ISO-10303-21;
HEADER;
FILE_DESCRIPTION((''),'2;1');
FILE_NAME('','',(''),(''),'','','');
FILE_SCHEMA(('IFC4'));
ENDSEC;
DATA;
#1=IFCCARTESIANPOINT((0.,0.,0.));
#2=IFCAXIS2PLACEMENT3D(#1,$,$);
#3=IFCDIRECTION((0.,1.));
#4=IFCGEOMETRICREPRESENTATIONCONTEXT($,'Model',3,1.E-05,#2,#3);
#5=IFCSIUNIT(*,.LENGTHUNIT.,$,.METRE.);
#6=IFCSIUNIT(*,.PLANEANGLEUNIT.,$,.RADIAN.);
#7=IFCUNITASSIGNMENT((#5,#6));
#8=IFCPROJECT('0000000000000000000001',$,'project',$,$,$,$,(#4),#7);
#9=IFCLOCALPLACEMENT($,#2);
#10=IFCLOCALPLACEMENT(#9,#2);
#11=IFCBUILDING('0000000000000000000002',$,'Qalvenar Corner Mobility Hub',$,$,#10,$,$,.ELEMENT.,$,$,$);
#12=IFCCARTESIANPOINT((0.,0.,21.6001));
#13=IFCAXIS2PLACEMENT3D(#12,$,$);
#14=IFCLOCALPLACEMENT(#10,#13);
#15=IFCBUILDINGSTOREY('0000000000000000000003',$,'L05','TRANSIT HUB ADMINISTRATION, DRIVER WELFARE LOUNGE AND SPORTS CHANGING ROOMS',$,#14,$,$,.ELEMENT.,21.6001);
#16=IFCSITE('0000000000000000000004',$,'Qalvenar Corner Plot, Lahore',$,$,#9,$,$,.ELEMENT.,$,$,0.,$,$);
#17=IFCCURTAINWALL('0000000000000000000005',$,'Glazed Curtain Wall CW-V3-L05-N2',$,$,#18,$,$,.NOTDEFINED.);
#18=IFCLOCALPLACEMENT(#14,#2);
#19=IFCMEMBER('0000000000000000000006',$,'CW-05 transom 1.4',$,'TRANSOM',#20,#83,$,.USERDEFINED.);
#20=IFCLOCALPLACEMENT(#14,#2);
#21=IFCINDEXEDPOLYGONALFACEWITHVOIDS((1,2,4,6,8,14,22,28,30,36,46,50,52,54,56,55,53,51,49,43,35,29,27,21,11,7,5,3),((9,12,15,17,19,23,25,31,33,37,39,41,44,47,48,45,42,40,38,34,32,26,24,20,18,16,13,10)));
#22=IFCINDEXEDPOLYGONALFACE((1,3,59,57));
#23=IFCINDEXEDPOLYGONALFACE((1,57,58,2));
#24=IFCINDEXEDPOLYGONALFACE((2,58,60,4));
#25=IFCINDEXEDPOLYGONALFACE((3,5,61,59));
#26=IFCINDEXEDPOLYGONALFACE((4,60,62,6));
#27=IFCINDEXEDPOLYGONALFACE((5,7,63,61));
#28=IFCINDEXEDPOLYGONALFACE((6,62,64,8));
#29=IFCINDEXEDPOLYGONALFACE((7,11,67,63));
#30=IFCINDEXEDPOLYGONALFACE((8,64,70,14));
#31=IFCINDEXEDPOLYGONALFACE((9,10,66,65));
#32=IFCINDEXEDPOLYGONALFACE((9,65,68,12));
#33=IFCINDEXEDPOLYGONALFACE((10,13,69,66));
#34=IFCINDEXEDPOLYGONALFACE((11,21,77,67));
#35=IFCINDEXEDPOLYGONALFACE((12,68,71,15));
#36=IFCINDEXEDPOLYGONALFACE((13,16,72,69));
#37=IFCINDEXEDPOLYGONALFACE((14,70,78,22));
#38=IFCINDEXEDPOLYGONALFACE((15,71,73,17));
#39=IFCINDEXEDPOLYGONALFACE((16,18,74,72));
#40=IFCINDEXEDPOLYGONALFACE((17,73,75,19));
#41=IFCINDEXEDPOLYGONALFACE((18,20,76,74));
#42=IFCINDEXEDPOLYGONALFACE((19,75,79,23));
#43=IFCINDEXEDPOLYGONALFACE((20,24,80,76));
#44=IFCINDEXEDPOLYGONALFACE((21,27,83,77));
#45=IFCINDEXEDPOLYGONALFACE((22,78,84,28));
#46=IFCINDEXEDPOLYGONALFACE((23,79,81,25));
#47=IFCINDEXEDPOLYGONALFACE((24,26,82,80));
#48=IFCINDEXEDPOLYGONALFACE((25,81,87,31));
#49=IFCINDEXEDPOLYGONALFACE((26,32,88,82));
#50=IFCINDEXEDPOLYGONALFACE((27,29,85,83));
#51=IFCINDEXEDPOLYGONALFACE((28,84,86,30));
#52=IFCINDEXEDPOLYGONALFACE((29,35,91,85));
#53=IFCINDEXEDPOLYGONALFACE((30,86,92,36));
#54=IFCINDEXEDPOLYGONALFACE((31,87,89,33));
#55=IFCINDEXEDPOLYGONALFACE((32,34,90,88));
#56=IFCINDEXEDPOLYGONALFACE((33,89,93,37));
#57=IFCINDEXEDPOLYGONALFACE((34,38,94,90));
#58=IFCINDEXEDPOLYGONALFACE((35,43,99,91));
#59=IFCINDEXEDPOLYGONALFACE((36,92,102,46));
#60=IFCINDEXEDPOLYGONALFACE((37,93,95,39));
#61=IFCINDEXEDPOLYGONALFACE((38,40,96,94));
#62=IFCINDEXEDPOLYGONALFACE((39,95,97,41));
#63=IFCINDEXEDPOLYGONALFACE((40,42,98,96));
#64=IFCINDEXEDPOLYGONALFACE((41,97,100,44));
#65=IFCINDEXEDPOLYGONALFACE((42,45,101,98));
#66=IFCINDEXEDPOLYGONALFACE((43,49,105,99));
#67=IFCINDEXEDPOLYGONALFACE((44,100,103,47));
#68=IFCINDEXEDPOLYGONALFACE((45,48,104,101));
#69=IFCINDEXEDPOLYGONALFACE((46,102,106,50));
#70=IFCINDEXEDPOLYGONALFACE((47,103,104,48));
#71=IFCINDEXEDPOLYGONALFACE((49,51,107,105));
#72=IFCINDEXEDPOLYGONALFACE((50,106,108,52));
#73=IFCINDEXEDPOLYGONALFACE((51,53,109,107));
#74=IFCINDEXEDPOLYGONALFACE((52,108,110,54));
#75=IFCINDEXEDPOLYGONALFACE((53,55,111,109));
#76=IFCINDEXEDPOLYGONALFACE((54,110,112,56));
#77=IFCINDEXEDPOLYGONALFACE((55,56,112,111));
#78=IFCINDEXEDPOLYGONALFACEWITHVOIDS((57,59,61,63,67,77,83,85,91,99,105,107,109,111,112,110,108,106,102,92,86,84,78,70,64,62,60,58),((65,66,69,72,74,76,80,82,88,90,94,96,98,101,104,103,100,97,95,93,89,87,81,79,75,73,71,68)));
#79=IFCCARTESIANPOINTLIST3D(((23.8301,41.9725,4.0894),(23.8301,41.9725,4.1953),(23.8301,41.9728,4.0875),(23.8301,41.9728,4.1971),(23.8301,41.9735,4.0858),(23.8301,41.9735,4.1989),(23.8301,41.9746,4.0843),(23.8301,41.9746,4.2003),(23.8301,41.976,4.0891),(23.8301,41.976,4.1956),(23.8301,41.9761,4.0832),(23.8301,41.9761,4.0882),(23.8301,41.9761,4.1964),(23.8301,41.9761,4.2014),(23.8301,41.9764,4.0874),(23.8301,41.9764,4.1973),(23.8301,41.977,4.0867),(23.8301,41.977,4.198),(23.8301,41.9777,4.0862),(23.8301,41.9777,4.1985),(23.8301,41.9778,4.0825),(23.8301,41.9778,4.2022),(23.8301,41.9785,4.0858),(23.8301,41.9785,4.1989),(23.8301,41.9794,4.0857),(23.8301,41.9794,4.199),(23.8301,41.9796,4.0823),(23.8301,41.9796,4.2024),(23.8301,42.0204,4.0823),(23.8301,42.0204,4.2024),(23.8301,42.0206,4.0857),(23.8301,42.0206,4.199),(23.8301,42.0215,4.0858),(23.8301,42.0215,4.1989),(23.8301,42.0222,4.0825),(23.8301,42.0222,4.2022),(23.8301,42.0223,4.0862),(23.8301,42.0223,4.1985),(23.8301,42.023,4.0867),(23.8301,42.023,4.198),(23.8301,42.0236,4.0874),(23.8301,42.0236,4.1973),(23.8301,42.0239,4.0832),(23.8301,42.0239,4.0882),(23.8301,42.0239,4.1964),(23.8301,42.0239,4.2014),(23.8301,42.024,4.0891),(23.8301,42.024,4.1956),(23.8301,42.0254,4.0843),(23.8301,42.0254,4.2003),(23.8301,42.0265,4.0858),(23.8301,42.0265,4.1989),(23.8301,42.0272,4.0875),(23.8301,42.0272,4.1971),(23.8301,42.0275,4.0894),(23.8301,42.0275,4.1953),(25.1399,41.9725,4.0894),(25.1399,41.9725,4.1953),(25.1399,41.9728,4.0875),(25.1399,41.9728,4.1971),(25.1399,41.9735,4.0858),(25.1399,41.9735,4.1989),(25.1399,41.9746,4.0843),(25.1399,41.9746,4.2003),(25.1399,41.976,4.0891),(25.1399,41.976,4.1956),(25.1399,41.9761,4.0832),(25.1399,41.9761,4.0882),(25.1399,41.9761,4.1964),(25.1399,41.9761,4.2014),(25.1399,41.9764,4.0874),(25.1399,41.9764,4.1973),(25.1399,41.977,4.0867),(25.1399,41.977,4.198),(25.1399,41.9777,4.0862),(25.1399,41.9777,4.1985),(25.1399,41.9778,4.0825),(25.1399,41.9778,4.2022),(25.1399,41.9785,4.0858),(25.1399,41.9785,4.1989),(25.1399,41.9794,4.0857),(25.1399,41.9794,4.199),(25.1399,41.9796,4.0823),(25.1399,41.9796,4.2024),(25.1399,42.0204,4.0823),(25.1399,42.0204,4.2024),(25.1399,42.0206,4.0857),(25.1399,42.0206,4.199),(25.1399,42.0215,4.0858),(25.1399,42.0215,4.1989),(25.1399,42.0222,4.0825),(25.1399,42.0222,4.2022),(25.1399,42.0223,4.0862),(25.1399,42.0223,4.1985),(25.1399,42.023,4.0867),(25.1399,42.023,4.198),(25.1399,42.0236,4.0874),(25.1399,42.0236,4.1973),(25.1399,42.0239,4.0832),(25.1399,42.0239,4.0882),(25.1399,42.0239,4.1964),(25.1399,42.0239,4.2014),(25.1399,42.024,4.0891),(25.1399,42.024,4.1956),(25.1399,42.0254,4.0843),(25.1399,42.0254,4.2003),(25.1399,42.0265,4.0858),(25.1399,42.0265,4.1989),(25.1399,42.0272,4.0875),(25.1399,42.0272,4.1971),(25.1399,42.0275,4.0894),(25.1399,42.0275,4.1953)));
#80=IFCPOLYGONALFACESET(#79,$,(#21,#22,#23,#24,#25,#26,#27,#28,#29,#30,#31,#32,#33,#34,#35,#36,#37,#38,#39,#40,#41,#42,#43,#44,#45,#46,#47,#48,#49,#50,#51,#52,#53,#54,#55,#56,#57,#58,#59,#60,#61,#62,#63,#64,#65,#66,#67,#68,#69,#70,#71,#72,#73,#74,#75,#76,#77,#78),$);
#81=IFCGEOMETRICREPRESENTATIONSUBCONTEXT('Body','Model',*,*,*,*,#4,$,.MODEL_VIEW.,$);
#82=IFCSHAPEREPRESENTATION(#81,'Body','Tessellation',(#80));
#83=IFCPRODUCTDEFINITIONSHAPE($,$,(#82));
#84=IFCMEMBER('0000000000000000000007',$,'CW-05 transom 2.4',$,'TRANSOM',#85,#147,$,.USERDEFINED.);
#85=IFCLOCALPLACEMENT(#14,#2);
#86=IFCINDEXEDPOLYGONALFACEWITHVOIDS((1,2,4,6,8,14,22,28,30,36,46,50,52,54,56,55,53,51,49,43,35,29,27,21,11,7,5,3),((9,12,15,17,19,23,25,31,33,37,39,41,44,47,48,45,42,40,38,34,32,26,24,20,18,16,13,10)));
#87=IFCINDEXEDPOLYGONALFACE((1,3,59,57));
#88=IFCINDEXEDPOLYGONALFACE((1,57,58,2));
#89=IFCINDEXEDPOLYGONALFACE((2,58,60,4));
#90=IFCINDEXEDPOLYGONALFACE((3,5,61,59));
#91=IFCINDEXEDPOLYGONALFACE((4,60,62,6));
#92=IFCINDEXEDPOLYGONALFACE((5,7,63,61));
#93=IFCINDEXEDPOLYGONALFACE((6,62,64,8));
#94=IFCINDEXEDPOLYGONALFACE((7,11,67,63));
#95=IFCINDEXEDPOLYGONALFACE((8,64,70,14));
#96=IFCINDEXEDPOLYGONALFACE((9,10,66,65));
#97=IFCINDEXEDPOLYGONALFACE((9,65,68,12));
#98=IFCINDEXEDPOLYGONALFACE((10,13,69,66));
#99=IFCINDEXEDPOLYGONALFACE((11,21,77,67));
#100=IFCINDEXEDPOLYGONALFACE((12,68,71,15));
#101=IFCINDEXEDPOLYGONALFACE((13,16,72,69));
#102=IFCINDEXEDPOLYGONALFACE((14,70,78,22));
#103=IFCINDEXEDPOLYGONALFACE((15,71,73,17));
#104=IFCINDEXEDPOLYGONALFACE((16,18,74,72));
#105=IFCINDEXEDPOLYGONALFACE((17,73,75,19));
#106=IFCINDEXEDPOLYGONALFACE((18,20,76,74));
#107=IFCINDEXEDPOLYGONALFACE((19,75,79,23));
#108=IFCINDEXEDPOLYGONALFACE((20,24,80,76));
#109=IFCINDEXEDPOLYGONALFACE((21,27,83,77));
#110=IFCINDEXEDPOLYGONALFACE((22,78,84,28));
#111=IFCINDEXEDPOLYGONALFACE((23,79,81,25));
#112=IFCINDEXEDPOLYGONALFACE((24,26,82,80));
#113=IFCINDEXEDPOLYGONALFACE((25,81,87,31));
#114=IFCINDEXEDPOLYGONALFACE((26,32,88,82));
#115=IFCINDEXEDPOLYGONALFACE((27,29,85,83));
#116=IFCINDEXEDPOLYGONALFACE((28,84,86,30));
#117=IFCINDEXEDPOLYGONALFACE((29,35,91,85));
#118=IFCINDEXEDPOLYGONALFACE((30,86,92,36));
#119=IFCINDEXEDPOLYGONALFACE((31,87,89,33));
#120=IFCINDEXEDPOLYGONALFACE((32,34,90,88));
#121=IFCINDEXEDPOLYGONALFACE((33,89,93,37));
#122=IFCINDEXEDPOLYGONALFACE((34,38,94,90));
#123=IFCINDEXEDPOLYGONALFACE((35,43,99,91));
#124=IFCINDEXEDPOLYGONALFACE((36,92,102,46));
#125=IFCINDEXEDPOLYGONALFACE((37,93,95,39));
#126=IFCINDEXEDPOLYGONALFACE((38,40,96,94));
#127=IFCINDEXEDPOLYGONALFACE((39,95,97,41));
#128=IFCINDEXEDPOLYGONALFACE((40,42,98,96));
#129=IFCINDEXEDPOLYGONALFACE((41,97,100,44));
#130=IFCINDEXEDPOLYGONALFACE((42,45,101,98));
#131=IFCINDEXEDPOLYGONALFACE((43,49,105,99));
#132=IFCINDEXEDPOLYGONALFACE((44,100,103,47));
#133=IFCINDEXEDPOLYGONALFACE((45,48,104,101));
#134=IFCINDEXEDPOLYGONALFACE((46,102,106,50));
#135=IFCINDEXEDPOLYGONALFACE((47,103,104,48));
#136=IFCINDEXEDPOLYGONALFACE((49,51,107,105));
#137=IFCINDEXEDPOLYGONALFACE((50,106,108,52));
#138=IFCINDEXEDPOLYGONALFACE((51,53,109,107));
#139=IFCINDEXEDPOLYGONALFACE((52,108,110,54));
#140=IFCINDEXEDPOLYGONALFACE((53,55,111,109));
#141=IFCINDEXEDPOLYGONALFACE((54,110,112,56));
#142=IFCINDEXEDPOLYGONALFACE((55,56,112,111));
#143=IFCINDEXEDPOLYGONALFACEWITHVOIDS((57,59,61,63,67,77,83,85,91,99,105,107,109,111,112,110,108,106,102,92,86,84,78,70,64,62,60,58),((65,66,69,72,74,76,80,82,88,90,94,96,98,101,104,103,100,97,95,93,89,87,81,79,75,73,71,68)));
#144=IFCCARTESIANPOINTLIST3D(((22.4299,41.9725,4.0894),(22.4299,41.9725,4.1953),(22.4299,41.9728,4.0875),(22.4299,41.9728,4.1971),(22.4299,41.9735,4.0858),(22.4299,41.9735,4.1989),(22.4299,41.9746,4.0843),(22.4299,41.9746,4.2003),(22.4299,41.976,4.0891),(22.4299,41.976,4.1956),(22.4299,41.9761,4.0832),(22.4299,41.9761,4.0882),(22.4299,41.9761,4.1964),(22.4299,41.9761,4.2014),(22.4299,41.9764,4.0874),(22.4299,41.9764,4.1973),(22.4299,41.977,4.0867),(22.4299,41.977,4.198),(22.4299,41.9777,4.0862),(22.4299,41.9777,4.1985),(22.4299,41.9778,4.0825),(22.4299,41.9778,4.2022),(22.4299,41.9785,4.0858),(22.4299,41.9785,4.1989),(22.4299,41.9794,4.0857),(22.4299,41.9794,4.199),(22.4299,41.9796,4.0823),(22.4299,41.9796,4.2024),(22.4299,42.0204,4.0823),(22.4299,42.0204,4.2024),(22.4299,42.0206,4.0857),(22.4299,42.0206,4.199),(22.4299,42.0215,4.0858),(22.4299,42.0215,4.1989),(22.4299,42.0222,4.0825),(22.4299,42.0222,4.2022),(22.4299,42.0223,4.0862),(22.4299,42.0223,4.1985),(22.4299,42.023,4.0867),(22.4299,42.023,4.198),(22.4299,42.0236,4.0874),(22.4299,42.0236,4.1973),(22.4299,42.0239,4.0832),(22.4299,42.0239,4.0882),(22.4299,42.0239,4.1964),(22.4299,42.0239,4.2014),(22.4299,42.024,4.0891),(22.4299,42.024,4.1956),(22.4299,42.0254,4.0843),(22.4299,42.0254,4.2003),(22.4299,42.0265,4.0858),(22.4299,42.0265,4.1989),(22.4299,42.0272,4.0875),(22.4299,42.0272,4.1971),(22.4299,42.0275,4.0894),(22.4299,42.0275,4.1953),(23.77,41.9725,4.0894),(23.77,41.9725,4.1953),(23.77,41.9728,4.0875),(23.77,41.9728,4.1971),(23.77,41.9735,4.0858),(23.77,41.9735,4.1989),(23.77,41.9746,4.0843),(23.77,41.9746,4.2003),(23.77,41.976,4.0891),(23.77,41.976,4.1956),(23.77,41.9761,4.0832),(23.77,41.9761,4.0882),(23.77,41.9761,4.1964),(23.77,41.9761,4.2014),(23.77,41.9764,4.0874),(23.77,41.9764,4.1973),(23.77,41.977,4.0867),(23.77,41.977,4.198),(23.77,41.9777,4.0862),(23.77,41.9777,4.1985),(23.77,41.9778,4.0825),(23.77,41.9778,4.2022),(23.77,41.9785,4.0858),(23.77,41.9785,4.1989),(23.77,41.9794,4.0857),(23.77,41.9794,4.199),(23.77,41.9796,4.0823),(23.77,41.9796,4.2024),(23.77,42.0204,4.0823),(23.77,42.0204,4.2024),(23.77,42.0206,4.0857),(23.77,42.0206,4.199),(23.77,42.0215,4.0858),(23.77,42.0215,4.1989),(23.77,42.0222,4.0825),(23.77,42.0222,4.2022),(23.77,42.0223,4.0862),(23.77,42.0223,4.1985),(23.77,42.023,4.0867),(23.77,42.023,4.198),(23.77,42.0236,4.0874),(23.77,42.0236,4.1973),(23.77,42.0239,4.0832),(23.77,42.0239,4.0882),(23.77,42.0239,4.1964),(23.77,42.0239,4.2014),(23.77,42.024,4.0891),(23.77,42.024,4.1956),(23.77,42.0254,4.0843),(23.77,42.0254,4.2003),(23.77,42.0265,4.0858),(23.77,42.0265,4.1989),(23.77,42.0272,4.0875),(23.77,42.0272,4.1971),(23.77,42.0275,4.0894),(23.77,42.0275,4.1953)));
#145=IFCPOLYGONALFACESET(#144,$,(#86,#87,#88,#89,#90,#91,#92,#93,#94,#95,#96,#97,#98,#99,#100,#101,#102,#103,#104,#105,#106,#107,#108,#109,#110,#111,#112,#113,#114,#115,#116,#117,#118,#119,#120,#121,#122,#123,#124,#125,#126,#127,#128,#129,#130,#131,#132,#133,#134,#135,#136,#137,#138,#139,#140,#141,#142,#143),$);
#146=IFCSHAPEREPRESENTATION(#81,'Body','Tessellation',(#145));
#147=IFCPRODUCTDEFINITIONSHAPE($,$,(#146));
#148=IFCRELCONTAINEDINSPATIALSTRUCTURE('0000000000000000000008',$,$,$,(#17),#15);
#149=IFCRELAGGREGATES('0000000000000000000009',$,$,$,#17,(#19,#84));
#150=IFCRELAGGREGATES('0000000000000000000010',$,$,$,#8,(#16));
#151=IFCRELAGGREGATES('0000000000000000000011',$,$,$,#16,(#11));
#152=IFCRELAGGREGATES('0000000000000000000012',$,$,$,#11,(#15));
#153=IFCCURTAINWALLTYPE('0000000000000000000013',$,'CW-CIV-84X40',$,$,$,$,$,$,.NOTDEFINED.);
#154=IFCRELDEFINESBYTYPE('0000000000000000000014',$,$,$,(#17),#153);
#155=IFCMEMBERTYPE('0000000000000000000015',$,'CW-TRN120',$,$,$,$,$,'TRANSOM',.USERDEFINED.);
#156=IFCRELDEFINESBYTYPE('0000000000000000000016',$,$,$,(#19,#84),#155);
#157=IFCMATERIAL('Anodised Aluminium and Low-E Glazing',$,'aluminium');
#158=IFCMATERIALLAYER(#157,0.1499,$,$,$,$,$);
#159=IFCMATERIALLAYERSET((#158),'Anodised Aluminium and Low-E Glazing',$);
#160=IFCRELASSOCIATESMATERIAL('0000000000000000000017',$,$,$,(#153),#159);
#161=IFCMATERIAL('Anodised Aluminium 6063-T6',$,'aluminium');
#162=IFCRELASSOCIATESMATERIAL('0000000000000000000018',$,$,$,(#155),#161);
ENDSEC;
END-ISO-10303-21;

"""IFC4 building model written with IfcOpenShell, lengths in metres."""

from ifc_helpers import new_model, si_unit, direction, frame, origin, origin_2d, place, context, subcontext, project, spatial, hollow_rectangle, extrude, material, layer, layer_set, material_profile, profile_set, type_object, element, aggregate, save


model = new_model("IFC4")

# Units and contexts
model_context = context("Model", 3, precision=1e-05, world=origin(), true_north=direction((0.0, 1.0)))
body_context = subcontext(model_context, "Body", "Model", "MODEL_VIEW")
ifc_project = project(units=[si_unit("LENGTHUNIT", "METRE"), si_unit("PLANEANGLEUNIT", "RADIAN")], contexts=[model_context])

# Site, building, storey
site_placement = place(None, origin())
site = spatial("IfcSite", under=ifc_project, at=site_placement, Name="Qalvenar Corner Plot, Lahore", CompositionType="ELEMENT", RefElevation=0.0)
building_placement = place(site_placement, origin())
building = spatial("IfcBuilding", under=site, at=building_placement, Name="Qalvenar Corner Mobility Hub", CompositionType="ELEMENT")
storey_placement = place(building_placement, frame((0.0, 0.0, 21.6001)))
storey = spatial("IfcBuildingStorey", under=building, at=storey_placement, Name="L05", Description="TRANSIT HUB ADMINISTRATION, DRIVER WELFARE LOUNGE AND SPORTS CHANGING ROOMS", CompositionType="ELEMENT", Elevation=21.6001)

# Curtain wall
ifc_material_1 = material(Name="Anodised Aluminium and Low-E Glazing", Category="aluminium")
ifc_layer_1 = layer(ifc_material_1, 0.1499)
ifc_layer_set_1 = layer_set([ifc_layer_1], Name="Anodised Aluminium and Low-E Glazing")
curtain_wall_type = type_object("IfcCurtainWallType", Name="CW-CIV-84X40", PredefinedType="NOTDEFINED", material=ifc_layer_set_1)
curtain_wall_1_placement = place(storey_placement, origin())
curtain_wall_1 = element("IfcCurtainWall", 1, at=curtain_wall_1_placement, inside=storey, type_object=curtain_wall_type, Name="Glazed Curtain Wall CW-V3-L05-N2", PredefinedType="NOTDEFINED")
ifc_material_2 = material(Name="Anodised Aluminium 6063-T6", Category="aluminium")

# Members
ifc_material_profile_1 = material_profile(ifc_material_2, hollow_rectangle(XDim=0.0549, YDim=0.1201, WallThickness=0.0034, InnerFilletRadius=0.0034, OuterFilletRadius=0.0071, at=origin_2d()), Name="RHS120x55x3.5")
ifc_profile_set_1 = profile_set([ifc_material_profile_1], Name="Anodised Aluminium 6063-T6")
member_type_1 = type_object("IfcMemberType", Name="CW-TRN120", ElementType="TRANSOM", PredefinedType="USERDEFINED", material=ifc_profile_set_1)
member_1_placement = place(storey_placement, frame((25.1399, 42.0, 4.1423), z_axis=(-1.0, 0.0, 0.0), x_axis=(0.0, -1.0, 0.0)))
member_1 = element("IfcMember", 2, at=member_1_placement, type_object=member_type_1, Name="CW-05 transom 1.4", ObjectType="TRANSOM", PredefinedType="USERDEFINED", context=body_context, shape_type="SweptSolid", body=[
    extrude(hollow_rectangle(XDim=0.0549, YDim=0.1201, WallThickness=0.0034, InnerFilletRadius=0.0034, OuterFilletRadius=0.0071, at=origin_2d()), origin(), (0.0, 0.0, 1.0), 1.3098),
])
member_2_placement = place(storey_placement, frame((23.77, 42.0, 4.1423), z_axis=(-1.0, 0.0, 0.0), x_axis=(0.0, -1.0, 0.0)))
member_2 = element("IfcMember", 3, at=member_2_placement, type_object=member_type_1, Name="CW-05 transom 2.4", ObjectType="TRANSOM", PredefinedType="USERDEFINED", context=body_context, shape_type="SweptSolid", body=[
    extrude(hollow_rectangle(XDim=0.0549, YDim=0.1201, WallThickness=0.0034, InnerFilletRadius=0.0034, OuterFilletRadius=0.0071, at=origin_2d()), origin(), (0.0, 0.0, 1.0), 1.3401),
])

aggregate(curtain_wall_1, [member_1, member_2])

save(model, "model.ifc")
